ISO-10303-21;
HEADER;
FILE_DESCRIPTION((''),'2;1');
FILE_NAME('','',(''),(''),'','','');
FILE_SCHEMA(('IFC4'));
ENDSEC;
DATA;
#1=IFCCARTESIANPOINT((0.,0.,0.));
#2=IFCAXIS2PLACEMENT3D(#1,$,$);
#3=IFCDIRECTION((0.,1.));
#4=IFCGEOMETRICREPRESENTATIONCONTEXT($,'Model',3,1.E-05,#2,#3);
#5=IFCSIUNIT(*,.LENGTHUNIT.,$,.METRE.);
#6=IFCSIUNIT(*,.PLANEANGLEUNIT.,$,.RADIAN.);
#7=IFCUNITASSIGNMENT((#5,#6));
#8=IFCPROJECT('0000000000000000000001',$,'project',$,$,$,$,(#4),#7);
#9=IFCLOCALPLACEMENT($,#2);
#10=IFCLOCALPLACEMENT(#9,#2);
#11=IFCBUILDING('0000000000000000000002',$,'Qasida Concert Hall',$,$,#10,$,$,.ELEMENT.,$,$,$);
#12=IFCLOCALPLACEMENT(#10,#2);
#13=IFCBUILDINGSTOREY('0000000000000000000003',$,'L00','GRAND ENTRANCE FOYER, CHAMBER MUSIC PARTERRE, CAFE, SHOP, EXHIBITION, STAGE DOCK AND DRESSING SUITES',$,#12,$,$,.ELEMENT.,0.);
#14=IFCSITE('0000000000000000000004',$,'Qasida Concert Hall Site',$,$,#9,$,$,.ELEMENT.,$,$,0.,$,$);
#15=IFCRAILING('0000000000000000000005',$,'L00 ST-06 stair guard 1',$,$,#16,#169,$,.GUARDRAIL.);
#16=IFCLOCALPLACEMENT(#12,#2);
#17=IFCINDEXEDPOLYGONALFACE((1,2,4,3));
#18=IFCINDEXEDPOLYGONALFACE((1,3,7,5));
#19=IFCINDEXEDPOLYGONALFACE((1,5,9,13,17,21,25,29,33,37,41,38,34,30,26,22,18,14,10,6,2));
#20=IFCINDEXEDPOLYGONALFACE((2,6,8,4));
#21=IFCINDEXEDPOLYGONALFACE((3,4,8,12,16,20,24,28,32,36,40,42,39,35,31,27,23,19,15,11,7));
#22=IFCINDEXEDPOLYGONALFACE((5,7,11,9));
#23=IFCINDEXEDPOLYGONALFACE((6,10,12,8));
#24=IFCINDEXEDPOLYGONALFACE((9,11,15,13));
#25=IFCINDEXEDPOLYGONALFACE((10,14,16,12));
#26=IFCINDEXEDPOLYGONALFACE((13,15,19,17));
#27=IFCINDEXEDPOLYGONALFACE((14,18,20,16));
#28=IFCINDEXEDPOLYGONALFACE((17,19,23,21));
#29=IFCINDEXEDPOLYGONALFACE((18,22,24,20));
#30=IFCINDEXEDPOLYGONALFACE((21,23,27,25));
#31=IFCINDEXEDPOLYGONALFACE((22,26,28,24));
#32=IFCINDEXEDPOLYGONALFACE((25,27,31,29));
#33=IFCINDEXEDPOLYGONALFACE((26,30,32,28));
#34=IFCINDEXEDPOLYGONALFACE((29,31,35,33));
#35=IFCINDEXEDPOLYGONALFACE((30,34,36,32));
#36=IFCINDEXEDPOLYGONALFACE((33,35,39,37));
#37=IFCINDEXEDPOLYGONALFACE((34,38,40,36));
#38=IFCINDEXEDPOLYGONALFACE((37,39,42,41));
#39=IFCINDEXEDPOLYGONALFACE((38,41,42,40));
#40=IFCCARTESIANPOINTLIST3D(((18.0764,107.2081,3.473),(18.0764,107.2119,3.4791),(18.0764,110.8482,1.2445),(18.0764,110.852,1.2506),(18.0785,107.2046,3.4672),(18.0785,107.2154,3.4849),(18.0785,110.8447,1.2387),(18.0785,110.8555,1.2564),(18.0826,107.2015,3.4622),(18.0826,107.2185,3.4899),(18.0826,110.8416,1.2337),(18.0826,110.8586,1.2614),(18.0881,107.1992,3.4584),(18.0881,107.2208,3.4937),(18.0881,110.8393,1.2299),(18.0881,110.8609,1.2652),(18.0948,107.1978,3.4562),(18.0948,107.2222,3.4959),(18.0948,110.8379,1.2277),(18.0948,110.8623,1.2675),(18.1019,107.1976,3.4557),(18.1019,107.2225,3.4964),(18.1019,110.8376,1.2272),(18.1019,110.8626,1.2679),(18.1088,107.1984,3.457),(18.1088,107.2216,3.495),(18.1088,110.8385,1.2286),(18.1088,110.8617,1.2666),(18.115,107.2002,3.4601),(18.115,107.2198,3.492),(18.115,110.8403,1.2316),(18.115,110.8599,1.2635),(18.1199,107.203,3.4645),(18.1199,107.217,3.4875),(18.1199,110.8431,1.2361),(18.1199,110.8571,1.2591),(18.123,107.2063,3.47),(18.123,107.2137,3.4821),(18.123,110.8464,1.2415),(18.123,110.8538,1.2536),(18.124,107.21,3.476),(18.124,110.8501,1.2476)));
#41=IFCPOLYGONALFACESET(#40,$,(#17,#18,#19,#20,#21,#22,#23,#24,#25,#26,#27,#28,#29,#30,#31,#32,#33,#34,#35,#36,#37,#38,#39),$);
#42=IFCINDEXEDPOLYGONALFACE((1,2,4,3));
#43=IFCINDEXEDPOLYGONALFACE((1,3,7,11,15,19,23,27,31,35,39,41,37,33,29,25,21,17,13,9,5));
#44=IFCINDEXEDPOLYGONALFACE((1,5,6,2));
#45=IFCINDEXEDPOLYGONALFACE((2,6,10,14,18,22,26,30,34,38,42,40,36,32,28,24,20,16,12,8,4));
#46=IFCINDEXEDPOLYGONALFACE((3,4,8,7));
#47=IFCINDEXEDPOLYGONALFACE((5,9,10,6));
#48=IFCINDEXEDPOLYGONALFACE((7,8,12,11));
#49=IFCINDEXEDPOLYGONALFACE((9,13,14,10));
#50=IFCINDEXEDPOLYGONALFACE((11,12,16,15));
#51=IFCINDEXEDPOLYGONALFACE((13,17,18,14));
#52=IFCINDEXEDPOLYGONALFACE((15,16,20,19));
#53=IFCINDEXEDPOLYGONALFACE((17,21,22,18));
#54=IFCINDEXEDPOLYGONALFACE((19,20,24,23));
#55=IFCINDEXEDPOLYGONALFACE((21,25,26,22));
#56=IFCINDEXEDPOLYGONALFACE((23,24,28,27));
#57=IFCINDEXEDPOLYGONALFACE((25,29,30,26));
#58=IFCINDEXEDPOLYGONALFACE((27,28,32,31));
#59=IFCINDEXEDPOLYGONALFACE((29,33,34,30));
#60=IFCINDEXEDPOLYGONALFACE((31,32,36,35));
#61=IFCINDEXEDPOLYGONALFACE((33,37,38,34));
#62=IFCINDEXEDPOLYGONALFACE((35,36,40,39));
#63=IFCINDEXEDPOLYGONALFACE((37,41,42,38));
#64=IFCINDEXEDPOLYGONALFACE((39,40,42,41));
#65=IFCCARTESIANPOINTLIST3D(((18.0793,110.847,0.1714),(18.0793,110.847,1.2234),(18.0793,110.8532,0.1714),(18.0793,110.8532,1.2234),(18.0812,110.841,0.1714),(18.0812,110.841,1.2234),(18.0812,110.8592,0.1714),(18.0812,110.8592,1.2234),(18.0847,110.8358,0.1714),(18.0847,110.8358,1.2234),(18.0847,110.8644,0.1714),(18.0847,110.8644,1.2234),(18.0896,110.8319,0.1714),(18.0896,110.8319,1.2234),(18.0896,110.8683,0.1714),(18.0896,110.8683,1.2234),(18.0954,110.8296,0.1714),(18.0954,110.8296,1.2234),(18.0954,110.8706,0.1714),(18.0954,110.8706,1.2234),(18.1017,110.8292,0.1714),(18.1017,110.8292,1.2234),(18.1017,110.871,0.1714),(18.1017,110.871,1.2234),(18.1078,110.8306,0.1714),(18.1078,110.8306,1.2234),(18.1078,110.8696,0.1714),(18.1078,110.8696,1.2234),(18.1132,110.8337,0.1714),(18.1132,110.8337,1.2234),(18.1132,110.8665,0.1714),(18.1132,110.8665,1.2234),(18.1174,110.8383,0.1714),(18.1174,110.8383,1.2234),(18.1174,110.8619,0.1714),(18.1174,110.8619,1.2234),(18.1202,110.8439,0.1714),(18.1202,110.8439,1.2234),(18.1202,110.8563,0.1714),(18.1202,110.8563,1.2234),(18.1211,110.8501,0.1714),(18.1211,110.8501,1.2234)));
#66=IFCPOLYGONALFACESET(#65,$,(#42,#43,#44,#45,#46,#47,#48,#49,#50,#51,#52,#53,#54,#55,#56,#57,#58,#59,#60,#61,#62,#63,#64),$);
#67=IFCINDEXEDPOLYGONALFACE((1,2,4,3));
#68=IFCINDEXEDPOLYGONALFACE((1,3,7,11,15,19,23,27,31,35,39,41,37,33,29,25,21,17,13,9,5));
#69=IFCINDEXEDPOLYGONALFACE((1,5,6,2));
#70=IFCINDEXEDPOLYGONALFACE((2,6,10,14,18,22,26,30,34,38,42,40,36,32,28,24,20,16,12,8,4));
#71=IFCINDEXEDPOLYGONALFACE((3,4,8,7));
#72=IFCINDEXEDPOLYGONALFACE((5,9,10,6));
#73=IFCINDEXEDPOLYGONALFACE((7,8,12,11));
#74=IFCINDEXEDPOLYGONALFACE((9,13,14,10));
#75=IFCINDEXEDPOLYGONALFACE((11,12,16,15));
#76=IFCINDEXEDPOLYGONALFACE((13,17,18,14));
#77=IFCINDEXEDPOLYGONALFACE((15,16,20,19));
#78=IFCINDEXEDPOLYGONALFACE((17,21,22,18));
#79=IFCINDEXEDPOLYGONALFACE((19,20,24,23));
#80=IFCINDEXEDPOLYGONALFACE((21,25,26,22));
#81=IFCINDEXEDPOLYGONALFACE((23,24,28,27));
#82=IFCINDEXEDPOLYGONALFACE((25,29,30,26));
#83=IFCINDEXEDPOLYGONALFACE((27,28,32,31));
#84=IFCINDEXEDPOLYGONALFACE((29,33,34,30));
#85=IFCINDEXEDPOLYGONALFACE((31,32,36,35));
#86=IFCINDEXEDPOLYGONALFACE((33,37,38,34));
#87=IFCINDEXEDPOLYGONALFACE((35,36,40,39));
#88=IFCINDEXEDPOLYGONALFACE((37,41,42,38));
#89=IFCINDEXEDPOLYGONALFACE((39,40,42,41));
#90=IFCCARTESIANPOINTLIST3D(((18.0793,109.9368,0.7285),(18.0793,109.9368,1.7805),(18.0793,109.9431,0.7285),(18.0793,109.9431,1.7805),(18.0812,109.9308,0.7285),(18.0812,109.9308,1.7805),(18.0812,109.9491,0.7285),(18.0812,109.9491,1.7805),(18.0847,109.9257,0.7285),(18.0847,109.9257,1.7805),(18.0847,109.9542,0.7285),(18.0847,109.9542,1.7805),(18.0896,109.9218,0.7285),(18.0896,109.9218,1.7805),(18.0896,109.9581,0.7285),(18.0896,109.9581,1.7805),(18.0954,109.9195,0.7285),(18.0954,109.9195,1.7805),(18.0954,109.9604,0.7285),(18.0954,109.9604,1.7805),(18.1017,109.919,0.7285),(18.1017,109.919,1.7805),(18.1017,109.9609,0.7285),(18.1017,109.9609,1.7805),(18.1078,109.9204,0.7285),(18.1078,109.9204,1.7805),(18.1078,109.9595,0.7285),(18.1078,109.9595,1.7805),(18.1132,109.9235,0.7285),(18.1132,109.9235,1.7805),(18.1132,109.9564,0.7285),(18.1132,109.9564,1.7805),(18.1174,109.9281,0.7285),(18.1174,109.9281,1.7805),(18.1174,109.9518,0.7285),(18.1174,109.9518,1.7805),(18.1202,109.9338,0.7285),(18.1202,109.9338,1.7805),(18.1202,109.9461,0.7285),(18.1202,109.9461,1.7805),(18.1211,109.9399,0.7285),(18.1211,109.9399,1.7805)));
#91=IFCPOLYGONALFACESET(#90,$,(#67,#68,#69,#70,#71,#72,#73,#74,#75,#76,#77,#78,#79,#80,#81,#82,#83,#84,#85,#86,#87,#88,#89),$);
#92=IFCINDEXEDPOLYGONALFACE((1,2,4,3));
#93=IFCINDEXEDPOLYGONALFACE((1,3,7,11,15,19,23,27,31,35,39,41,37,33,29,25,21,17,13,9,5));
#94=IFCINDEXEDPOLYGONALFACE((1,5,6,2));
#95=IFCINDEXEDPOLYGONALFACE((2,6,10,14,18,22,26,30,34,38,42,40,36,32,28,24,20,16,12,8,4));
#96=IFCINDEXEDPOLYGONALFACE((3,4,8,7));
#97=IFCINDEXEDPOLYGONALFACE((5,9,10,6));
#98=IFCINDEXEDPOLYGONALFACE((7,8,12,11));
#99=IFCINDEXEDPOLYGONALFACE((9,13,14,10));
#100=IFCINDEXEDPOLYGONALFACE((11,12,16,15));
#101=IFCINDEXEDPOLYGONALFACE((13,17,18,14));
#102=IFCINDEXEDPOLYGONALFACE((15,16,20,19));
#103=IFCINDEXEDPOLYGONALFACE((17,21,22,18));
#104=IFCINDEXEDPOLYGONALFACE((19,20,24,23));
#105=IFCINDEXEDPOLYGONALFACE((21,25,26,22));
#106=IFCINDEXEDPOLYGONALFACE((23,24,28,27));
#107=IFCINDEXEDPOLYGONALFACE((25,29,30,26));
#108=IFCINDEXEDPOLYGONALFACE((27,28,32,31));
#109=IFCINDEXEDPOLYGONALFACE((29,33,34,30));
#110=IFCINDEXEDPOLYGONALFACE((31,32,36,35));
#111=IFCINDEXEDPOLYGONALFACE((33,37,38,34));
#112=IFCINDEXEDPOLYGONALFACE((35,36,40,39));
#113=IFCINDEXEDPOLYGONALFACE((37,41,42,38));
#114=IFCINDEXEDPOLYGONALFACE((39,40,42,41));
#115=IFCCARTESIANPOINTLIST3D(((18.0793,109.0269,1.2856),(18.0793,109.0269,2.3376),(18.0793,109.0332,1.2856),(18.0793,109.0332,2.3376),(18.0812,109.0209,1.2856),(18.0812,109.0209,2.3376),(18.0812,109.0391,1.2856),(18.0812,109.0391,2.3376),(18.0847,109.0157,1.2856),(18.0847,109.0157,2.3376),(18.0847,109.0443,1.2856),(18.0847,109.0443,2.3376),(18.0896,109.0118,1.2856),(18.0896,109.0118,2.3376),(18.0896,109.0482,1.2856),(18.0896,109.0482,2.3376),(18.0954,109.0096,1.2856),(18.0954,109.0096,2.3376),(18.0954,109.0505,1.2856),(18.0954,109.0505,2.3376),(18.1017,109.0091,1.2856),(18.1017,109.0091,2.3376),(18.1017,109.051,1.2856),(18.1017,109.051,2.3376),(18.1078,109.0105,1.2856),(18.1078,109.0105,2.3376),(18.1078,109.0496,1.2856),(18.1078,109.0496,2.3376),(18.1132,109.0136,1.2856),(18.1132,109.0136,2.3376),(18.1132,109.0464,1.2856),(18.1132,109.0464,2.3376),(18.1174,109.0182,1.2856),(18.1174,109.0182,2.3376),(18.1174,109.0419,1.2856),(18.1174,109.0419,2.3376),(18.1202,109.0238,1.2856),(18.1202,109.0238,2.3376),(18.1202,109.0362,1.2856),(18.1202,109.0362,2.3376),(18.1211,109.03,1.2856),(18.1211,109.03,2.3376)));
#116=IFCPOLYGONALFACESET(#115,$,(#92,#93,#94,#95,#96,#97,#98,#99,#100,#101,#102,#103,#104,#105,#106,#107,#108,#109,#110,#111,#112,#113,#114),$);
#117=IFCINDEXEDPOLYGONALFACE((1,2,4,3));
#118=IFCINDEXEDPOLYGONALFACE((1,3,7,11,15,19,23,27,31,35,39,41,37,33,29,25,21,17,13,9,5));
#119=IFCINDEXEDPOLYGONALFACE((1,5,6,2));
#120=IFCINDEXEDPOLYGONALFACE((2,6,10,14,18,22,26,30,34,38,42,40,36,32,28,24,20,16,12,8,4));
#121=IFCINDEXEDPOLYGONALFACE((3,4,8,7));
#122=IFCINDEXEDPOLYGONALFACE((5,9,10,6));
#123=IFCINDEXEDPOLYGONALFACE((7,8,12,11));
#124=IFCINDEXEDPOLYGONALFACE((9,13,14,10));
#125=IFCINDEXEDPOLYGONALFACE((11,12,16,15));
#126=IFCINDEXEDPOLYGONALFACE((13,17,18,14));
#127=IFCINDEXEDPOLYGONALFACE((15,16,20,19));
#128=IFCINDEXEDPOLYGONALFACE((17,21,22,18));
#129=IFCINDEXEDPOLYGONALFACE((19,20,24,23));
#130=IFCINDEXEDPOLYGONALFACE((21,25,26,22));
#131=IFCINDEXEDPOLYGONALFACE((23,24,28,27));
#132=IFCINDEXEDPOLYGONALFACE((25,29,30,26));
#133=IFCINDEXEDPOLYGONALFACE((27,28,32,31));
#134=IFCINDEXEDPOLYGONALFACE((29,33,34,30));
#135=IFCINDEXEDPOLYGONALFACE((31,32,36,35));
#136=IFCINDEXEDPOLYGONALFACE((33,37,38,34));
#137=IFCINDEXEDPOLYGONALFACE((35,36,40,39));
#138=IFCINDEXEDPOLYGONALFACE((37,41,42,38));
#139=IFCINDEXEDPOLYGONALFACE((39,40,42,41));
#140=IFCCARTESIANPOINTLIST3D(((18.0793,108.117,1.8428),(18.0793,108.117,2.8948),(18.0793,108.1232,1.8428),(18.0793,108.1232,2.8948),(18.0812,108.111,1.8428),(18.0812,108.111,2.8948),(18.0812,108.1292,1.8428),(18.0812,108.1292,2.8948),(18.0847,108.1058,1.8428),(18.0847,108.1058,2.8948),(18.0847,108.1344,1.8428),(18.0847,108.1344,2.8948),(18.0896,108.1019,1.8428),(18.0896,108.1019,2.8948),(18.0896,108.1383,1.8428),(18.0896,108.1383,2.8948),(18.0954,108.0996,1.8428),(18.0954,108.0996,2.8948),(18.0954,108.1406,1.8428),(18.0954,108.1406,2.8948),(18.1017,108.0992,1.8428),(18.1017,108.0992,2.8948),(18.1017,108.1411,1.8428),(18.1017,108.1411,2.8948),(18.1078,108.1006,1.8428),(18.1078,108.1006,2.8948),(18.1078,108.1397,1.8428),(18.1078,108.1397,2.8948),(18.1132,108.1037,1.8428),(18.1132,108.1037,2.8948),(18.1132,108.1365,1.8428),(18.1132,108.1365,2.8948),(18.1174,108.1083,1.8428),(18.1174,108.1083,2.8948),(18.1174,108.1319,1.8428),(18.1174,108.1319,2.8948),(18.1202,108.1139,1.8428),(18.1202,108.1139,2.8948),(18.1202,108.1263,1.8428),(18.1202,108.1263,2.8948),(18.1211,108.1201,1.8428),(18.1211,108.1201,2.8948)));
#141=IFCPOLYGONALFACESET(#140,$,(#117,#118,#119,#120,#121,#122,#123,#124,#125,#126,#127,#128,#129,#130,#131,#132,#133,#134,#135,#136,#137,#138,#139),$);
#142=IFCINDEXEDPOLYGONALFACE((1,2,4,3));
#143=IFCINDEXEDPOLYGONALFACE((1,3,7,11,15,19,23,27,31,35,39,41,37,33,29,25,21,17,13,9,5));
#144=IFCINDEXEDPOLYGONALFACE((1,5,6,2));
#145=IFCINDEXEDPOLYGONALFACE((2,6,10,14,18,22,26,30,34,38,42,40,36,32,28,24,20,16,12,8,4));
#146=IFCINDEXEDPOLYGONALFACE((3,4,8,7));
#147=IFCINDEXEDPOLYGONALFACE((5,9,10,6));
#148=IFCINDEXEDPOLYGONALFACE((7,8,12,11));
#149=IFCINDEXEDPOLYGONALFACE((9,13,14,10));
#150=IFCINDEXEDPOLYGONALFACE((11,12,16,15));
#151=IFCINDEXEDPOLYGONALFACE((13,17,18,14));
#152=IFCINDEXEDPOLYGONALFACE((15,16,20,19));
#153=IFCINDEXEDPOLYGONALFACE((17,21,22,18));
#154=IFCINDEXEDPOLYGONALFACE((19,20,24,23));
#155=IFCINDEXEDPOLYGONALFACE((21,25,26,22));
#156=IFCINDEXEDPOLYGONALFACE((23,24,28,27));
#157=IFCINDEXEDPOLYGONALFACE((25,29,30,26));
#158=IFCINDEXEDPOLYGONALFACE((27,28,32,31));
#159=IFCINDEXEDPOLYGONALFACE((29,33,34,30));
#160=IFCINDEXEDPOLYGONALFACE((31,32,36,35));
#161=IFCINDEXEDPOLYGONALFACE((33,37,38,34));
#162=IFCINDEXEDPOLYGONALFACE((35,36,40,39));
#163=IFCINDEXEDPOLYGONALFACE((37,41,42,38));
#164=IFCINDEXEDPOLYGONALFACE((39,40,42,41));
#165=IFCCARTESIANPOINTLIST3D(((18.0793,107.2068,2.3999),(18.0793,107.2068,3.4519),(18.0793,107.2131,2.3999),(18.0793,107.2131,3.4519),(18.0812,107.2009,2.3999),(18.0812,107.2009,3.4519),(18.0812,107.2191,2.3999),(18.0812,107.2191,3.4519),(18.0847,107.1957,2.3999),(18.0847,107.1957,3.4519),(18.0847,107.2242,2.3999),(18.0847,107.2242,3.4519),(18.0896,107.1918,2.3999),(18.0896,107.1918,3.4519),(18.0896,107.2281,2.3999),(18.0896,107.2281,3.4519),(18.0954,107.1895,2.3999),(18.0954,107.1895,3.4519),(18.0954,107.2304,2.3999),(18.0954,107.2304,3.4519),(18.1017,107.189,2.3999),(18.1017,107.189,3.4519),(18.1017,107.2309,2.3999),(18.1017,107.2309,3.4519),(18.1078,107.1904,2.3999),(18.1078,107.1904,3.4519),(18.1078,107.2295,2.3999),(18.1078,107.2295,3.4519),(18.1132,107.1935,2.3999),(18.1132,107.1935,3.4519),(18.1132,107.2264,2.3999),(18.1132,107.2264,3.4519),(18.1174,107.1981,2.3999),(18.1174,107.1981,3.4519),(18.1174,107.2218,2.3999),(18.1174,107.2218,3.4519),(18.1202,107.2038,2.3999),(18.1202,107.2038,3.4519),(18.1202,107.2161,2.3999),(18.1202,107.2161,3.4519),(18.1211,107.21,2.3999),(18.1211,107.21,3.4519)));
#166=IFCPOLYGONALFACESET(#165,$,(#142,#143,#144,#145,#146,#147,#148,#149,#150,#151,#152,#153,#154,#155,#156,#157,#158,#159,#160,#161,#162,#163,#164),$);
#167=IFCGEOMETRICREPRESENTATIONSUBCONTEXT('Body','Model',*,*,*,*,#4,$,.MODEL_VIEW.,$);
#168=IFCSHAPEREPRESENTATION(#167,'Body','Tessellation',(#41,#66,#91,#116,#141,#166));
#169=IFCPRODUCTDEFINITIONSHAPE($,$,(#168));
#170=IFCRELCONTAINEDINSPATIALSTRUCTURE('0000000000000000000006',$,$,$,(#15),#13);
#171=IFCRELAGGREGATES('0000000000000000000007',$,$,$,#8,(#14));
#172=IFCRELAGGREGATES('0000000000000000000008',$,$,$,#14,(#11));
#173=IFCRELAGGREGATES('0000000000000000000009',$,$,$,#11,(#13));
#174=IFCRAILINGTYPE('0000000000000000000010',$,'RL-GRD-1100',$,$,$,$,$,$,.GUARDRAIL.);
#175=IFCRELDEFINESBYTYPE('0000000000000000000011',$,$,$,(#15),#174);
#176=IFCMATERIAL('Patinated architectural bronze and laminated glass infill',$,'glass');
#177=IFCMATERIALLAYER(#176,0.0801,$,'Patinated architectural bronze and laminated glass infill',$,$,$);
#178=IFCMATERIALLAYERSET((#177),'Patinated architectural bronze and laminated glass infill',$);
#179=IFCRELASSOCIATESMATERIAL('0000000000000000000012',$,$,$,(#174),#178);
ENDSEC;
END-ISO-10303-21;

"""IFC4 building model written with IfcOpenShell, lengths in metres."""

from ifc_helpers import new_model, si_unit, direction, frame, origin, origin_2d, place, context, subcontext, project, spatial, circle, extrude, material, layer, layer_set, type_object, element, save


model = new_model("IFC4")

# Units and contexts
model_context = context("Model", 3, precision=1e-05, world=origin(), true_north=direction((0.0, 1.0)))
body_context = subcontext(model_context, "Body", "Model", "MODEL_VIEW")
ifc_project = project(units=[si_unit("LENGTHUNIT", "METRE"), si_unit("PLANEANGLEUNIT", "RADIAN")], contexts=[model_context])

# Site, building, storey
site_placement = place(None, origin())
site = spatial("IfcSite", under=ifc_project, at=site_placement, Name="Qasida Concert Hall Site", CompositionType="ELEMENT", RefElevation=0.0)
building_placement = place(site_placement, origin())
building = spatial("IfcBuilding", under=site, at=building_placement, Name="Qasida Concert Hall", CompositionType="ELEMENT")
storey_placement = place(building_placement, origin())
storey = spatial("IfcBuildingStorey", under=building, at=storey_placement, Name="L00", Description="GRAND ENTRANCE FOYER, CHAMBER MUSIC PARTERRE, CAFE, SHOP, EXHIBITION, STAGE DOCK AND DRESSING SUITES", CompositionType="ELEMENT", Elevation=0.0)

# Railing
ifc_material_1 = material(Name="Patinated architectural bronze and laminated glass infill", Category="glass")
ifc_layer_1 = layer(ifc_material_1, 0.0801, Name="Patinated architectural bronze and laminated glass infill")
ifc_layer_set_1 = layer_set([ifc_layer_1], Name="Patinated architectural bronze and laminated glass infill")
railing_type_1 = type_object("IfcRailingType", Name="RL-GRD-1100", PredefinedType="GUARDRAIL", material=ifc_layer_set_1)
railing_1_placement = place(storey_placement, frame((18.1001, 110.8501, 0.1714)))
element("IfcRailing", 1, at=railing_1_placement, inside=storey, type_object=railing_type_1, Name="L00 ST-06 stair guard 1", PredefinedType="GUARDRAIL", context=body_context, shape_type="SweptSolid", body=[
    extrude(circle(Radius=0.0239, at=origin_2d()), frame((0.0, 0.0, 1.0762), z_axis=(0.0, -0.852866, 0.52213), x_axis=(1.0, 0.0, 0.0)), (0.0, 0.0, 1.0), 4.2681),
    extrude(circle(Radius=0.021, at=origin_2d()), origin(), (0.0, 0.0, 1.0), 1.052),
    extrude(circle(Radius=0.021, at=origin_2d()), frame((0.0, -0.9102, 0.5571)), (0.0, 0.0, 1.0), 1.052),
    extrude(circle(Radius=0.021, at=origin_2d()), frame((0.0, -1.8201, 1.1143)), (0.0, 0.0, 1.0), 1.052),
    extrude(circle(Radius=0.021, at=origin_2d()), frame((0.0, -2.73, 1.6714)), (0.0, 0.0, 1.0), 1.052),
    extrude(circle(Radius=0.021, at=origin_2d()), frame((0.0, -3.6401, 2.2285)), (0.0, 0.0, 1.0), 1.052),
])

save(model, "model.ifc")
